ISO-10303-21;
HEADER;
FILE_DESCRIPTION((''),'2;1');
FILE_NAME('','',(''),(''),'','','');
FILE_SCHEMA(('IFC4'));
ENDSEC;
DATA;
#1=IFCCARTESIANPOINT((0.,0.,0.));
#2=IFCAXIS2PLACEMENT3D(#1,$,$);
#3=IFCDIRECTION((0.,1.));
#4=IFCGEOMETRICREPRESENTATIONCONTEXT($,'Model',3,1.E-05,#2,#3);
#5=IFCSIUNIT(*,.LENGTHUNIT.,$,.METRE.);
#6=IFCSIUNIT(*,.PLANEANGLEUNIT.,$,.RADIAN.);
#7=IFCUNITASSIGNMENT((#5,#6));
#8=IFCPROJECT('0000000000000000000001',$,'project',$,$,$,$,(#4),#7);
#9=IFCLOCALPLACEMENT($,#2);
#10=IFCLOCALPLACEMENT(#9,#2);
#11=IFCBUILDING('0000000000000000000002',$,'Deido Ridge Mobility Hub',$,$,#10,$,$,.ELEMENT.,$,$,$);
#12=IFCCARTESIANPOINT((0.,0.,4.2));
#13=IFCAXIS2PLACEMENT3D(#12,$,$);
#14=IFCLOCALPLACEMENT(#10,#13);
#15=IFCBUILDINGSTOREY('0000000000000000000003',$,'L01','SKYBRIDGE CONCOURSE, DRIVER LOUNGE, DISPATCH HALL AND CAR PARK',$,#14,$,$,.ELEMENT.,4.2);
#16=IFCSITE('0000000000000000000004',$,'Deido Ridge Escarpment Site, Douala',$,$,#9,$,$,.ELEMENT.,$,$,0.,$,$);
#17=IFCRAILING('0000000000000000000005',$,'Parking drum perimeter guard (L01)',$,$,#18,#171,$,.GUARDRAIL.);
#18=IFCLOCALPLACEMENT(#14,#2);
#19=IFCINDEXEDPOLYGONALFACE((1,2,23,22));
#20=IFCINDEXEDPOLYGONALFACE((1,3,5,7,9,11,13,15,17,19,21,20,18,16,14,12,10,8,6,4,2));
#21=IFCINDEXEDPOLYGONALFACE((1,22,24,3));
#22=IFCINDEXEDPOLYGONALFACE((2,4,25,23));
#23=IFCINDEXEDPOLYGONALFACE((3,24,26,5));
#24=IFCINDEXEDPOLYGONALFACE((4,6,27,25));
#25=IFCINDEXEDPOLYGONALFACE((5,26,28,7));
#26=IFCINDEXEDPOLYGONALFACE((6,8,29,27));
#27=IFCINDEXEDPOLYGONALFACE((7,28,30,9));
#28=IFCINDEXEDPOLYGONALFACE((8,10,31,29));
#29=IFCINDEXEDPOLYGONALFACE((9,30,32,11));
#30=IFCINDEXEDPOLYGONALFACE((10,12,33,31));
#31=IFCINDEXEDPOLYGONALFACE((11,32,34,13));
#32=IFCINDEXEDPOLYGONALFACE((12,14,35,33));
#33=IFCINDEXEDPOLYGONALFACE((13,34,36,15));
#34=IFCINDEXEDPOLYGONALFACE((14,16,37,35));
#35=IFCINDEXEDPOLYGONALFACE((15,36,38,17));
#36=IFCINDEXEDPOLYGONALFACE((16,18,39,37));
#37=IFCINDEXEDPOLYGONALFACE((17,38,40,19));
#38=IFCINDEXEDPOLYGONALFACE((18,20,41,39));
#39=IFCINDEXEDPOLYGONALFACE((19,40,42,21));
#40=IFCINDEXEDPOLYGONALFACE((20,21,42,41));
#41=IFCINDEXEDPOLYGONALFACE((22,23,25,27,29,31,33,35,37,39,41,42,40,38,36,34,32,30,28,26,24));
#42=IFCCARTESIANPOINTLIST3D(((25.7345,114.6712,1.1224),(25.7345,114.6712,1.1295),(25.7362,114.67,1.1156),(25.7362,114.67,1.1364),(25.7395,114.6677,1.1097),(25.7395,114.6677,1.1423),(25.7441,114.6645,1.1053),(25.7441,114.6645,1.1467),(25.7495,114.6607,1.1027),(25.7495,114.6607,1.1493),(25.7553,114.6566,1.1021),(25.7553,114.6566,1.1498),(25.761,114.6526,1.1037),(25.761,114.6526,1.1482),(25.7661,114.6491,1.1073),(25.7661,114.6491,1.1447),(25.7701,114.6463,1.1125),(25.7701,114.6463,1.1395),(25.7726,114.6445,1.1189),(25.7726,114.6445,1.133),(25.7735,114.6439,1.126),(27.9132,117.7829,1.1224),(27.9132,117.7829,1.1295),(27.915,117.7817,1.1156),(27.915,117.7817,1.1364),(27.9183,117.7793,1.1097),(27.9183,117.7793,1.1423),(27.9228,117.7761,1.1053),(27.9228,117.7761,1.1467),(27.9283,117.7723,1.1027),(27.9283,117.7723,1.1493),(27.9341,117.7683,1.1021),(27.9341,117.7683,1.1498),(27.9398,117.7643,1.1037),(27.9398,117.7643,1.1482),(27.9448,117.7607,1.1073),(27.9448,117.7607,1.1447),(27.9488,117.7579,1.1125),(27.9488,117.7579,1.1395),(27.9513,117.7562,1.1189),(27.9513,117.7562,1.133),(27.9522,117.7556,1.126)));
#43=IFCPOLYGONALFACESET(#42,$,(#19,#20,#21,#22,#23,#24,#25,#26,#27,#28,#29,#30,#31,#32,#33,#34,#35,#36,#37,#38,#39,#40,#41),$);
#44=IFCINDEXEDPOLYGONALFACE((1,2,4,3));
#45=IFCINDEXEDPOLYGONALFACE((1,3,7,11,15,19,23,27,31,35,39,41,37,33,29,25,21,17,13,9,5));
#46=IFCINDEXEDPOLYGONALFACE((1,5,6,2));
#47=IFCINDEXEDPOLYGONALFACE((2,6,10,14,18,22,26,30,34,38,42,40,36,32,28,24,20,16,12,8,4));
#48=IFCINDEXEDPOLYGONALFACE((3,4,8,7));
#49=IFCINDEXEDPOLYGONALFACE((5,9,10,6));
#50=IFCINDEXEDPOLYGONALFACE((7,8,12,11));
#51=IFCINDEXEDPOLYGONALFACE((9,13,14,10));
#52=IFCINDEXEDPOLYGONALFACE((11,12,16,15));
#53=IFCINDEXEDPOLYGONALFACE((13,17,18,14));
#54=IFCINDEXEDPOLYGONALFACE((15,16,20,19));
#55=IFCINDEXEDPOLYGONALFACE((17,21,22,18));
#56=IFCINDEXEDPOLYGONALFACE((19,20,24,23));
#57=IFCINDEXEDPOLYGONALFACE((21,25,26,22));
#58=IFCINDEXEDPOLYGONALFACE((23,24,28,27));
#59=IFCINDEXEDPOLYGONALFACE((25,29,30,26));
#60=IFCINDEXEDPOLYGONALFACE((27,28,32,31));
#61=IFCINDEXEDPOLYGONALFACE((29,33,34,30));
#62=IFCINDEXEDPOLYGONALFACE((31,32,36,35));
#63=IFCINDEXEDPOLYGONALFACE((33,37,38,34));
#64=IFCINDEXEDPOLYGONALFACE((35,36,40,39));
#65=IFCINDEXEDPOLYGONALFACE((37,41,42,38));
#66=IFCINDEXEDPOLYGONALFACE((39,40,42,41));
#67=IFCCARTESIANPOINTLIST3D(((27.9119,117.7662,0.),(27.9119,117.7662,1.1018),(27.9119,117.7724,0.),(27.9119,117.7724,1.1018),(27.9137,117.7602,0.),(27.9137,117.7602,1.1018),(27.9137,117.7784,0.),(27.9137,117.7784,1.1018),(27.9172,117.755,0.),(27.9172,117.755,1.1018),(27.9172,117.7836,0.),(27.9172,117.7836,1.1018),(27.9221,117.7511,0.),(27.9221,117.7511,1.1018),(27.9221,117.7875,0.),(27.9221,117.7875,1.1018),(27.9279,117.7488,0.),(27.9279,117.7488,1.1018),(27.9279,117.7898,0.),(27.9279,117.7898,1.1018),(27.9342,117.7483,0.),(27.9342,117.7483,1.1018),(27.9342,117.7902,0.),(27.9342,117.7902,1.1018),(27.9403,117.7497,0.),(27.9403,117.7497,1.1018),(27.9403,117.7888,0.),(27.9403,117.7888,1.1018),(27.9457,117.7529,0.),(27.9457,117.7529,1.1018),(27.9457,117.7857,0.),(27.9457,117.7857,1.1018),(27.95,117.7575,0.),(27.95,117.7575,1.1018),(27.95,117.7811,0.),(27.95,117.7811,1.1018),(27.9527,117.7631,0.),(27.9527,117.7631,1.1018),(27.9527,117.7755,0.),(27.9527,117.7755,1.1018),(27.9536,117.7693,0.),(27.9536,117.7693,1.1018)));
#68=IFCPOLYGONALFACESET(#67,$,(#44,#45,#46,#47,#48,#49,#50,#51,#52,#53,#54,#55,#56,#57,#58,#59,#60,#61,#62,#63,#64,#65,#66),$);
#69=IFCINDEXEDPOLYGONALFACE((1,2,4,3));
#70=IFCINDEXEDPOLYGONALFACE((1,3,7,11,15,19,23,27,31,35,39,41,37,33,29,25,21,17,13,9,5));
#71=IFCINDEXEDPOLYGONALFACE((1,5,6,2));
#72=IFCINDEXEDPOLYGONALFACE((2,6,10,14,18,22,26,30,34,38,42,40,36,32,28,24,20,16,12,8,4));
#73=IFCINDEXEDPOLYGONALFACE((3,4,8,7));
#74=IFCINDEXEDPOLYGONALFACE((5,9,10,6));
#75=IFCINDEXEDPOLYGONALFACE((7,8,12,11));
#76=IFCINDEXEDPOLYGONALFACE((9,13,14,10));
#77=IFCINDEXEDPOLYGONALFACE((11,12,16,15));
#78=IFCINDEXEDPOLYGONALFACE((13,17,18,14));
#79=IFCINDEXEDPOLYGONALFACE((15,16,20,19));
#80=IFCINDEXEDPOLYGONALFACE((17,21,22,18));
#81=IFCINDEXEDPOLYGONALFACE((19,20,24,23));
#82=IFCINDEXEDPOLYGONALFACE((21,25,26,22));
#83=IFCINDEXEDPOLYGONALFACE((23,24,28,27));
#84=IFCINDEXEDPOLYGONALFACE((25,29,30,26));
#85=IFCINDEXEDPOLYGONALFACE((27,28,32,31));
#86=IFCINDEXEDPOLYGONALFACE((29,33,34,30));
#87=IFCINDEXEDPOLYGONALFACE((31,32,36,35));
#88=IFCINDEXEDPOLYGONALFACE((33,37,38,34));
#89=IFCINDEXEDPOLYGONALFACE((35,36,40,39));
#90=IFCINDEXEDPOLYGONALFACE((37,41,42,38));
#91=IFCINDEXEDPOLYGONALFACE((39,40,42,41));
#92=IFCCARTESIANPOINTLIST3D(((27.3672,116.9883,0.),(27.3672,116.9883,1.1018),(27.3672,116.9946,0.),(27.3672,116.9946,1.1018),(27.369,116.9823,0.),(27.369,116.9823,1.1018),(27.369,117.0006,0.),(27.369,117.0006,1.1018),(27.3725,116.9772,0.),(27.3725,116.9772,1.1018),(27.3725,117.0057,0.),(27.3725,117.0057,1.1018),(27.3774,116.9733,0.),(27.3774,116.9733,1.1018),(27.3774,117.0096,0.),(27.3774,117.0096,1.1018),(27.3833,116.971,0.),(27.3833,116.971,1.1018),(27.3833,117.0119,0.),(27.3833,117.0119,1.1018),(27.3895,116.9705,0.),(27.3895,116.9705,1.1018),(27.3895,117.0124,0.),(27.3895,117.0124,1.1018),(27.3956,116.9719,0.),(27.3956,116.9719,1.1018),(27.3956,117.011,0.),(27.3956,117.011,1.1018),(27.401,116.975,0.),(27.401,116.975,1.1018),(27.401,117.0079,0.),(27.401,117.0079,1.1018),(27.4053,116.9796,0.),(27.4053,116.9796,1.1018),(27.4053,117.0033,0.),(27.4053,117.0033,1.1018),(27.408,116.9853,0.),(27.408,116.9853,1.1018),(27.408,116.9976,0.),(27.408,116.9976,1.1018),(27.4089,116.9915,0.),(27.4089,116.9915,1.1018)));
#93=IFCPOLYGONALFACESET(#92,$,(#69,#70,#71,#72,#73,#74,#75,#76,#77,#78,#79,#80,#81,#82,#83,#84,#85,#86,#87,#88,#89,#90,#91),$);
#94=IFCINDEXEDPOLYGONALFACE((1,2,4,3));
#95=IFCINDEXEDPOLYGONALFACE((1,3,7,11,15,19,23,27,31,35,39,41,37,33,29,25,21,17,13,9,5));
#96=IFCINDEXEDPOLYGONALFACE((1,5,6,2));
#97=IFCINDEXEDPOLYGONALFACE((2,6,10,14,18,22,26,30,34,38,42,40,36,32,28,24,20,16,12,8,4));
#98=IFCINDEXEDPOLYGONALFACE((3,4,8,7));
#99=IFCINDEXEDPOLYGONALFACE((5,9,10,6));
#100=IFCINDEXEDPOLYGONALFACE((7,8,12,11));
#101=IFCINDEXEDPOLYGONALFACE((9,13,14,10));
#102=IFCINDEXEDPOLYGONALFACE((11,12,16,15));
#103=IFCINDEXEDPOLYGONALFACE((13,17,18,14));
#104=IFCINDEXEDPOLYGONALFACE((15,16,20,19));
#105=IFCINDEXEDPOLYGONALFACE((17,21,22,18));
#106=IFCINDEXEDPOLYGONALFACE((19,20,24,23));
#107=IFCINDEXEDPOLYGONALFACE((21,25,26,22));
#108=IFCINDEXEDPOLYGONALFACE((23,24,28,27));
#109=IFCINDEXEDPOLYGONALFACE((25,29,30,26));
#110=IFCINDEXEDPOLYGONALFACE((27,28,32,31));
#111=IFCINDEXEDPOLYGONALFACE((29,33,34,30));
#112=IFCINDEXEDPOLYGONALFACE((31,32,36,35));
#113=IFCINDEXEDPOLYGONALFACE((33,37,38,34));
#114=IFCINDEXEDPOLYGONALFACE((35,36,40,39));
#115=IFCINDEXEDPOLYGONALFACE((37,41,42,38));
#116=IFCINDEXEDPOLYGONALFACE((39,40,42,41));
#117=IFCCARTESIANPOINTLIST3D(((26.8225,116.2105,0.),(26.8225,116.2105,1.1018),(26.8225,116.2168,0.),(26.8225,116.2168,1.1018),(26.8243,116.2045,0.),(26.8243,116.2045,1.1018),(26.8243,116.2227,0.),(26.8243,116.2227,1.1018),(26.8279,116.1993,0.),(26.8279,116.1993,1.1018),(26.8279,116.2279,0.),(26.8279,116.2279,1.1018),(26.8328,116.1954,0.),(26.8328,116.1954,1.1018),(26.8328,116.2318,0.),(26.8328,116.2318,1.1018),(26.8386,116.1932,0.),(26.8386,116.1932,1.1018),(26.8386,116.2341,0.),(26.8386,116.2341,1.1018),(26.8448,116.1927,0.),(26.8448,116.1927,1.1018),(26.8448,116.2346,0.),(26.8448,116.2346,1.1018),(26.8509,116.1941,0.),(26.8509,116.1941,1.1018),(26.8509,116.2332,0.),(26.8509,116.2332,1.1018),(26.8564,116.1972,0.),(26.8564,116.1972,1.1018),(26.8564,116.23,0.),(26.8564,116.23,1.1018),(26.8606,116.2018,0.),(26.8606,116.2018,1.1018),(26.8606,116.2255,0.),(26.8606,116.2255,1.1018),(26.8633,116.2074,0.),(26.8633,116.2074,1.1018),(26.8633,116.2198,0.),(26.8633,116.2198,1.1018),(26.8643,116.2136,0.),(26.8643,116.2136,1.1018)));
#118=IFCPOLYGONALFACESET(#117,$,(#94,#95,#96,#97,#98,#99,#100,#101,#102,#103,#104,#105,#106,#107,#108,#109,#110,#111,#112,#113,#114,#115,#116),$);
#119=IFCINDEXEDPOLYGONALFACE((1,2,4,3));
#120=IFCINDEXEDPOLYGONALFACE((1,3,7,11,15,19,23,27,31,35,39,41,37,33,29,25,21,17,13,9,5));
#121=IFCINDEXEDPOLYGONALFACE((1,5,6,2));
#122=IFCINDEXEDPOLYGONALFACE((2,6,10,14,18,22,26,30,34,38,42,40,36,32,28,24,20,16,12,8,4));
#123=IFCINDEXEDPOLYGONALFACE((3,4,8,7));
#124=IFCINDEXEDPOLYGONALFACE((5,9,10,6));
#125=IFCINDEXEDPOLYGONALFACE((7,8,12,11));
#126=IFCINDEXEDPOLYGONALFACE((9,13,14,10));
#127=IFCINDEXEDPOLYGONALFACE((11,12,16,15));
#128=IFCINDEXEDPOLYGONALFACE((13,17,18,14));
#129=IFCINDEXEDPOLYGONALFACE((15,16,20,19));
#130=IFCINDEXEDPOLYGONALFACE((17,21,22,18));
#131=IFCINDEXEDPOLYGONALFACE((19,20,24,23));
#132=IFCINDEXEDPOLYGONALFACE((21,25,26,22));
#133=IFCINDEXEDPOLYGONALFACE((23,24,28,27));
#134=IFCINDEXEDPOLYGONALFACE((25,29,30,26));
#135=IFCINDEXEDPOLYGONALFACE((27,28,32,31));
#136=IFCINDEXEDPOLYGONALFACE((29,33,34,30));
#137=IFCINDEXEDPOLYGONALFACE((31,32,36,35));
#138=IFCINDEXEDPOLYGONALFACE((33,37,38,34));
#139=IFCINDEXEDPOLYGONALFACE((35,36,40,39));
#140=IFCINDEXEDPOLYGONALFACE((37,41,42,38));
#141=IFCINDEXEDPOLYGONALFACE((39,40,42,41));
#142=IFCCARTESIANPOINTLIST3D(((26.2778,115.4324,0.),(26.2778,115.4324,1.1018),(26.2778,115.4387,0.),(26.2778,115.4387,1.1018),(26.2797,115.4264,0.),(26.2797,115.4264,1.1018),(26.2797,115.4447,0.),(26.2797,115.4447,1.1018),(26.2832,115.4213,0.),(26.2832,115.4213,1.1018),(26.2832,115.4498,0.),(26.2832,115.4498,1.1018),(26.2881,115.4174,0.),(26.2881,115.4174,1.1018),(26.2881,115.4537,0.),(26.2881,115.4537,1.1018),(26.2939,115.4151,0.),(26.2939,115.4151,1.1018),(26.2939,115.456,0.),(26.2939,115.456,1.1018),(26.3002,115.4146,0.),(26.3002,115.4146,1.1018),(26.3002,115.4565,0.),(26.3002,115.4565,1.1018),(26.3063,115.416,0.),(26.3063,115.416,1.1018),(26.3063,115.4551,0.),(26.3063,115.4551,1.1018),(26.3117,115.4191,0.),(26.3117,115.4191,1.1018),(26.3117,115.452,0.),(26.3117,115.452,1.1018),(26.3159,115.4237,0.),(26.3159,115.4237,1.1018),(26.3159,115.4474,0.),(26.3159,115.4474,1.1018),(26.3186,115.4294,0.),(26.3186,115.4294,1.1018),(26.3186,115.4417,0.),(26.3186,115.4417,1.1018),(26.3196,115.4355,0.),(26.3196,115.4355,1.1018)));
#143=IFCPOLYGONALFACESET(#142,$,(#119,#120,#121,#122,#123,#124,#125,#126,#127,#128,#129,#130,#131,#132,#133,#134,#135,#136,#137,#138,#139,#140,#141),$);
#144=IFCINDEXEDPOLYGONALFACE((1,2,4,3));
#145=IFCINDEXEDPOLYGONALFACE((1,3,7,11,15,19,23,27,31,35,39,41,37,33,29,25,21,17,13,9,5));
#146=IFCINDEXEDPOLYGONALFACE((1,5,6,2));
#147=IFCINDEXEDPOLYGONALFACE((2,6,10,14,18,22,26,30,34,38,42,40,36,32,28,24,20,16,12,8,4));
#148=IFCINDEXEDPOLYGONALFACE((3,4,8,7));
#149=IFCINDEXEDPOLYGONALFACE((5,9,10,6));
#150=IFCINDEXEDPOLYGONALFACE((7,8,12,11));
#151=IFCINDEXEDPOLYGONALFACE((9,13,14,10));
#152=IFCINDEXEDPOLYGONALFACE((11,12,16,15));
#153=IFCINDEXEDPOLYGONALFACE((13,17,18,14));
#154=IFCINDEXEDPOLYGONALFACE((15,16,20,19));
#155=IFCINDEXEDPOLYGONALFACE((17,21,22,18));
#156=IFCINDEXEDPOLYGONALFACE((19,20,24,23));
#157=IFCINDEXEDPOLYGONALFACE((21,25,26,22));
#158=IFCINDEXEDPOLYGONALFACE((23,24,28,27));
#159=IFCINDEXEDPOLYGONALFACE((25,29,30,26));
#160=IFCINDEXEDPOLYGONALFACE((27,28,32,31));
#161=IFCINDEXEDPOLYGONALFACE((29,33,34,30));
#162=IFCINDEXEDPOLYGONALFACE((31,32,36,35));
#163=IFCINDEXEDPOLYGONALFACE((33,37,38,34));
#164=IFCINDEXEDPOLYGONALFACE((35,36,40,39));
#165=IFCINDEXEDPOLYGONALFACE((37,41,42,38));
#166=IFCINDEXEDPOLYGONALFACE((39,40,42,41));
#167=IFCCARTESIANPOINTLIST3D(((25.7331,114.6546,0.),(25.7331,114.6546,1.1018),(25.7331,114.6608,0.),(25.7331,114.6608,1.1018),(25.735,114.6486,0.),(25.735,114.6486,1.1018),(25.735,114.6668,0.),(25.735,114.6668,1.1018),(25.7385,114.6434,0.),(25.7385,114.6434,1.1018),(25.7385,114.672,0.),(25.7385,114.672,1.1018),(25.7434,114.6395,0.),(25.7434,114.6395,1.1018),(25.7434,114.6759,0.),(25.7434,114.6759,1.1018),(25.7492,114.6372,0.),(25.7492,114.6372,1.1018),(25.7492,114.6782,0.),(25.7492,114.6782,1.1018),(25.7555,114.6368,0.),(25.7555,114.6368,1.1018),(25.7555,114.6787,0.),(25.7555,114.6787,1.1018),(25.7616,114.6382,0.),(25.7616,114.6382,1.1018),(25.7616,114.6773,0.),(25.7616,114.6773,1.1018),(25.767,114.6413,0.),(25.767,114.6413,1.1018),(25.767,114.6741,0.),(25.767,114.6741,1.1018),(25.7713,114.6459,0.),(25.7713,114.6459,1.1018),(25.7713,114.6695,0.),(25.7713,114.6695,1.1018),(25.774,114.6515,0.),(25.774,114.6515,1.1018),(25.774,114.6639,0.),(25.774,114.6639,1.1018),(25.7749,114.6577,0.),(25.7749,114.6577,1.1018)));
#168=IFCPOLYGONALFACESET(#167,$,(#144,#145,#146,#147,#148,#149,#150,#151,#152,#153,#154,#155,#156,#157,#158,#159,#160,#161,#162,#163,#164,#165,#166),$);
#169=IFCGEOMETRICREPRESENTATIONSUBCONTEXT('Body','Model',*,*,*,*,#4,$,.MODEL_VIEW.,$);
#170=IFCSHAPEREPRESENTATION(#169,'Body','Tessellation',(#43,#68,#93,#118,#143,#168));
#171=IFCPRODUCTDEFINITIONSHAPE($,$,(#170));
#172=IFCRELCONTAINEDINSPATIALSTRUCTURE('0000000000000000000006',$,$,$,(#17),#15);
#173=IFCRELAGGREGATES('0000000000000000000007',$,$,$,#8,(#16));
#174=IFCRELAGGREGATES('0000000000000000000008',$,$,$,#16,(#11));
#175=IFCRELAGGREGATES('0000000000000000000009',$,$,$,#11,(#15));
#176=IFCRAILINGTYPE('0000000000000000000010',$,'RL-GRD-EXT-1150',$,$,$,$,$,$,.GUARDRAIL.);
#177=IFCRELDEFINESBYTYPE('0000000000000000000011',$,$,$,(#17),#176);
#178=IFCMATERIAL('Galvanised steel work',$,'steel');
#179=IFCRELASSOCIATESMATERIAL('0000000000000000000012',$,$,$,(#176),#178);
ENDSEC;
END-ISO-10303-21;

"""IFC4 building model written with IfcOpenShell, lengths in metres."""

from ifc_helpers import new_model, si_unit, direction, frame, origin, origin_2d, place, context, subcontext, project, spatial, circle, extrude, material, type_object, element, save


model = new_model("IFC4")

# Units and contexts
model_context = context("Model", 3, precision=1e-05, world=origin(), true_north=direction((0.0, 1.0)))
body_context = subcontext(model_context, "Body", "Model", "MODEL_VIEW")
ifc_project = project(units=[si_unit("LENGTHUNIT", "METRE"), si_unit("PLANEANGLEUNIT", "RADIAN")], contexts=[model_context])

# Site, building, storey
site_placement = place(None, origin())
site = spatial("IfcSite", under=ifc_project, at=site_placement, Name="Deido Ridge Escarpment Site, Douala", CompositionType="ELEMENT", RefElevation=0.0)
building_placement = place(site_placement, origin())
building = spatial("IfcBuilding", under=site, at=building_placement, Name="Deido Ridge Mobility Hub", CompositionType="ELEMENT")
storey_placement = place(building_placement, frame((0.0, 0.0, 4.2)))
storey = spatial("IfcBuildingStorey", under=building, at=storey_placement, Name="L01", Description="SKYBRIDGE CONCOURSE, DRIVER LOUNGE, DISPATCH HALL AND CAR PARK", CompositionType="ELEMENT", Elevation=4.2)

# Railing
ifc_material_1 = material(Name="Galvanised steel work", Category="steel")
railing_type = type_object("IfcRailingType", Name="RL-GRD-EXT-1150", PredefinedType="GUARDRAIL", material=ifc_material_1)
railing_1_placement = place(storey_placement, frame((27.9326, 117.7693, 0.0)))
element("IfcRailing", 1, at=railing_1_placement, inside=storey, type_object=railing_type, Name="Parking drum perimeter guard (L01)", PredefinedType="GUARDRAIL", context=body_context, shape_type="SweptSolid", body=[
    extrude(circle(Radius=0.0239, at=origin_2d()), frame((0.0, 0.0, 1.126), z_axis=(-0.57357, -0.819156, 0.0), x_axis=(0.819156, -0.57357, 0.0)), (0.0, 0.0, 1.0), 3.7986),
    extrude(circle(Radius=0.021, at=origin_2d()), origin(), (0.0, 0.0, 1.0), 1.1018),
    extrude(circle(Radius=0.021, at=origin_2d()), frame((-0.5447, -0.7778, 0.0)), (0.0, 0.0, 1.0), 1.1018),
    extrude(circle(Radius=0.021, at=origin_2d()), frame((-1.0894, -1.5557, 0.0)), (0.0, 0.0, 1.0), 1.1018),
    extrude(circle(Radius=0.021, at=origin_2d()), frame((-1.634, -2.3337, 0.0)), (0.0, 0.0, 1.0), 1.1018),
    extrude(circle(Radius=0.021, at=origin_2d()), frame((-2.1787, -3.1116, 0.0)), (0.0, 0.0, 1.0), 1.1018),
])

save(model, "model.ifc")
